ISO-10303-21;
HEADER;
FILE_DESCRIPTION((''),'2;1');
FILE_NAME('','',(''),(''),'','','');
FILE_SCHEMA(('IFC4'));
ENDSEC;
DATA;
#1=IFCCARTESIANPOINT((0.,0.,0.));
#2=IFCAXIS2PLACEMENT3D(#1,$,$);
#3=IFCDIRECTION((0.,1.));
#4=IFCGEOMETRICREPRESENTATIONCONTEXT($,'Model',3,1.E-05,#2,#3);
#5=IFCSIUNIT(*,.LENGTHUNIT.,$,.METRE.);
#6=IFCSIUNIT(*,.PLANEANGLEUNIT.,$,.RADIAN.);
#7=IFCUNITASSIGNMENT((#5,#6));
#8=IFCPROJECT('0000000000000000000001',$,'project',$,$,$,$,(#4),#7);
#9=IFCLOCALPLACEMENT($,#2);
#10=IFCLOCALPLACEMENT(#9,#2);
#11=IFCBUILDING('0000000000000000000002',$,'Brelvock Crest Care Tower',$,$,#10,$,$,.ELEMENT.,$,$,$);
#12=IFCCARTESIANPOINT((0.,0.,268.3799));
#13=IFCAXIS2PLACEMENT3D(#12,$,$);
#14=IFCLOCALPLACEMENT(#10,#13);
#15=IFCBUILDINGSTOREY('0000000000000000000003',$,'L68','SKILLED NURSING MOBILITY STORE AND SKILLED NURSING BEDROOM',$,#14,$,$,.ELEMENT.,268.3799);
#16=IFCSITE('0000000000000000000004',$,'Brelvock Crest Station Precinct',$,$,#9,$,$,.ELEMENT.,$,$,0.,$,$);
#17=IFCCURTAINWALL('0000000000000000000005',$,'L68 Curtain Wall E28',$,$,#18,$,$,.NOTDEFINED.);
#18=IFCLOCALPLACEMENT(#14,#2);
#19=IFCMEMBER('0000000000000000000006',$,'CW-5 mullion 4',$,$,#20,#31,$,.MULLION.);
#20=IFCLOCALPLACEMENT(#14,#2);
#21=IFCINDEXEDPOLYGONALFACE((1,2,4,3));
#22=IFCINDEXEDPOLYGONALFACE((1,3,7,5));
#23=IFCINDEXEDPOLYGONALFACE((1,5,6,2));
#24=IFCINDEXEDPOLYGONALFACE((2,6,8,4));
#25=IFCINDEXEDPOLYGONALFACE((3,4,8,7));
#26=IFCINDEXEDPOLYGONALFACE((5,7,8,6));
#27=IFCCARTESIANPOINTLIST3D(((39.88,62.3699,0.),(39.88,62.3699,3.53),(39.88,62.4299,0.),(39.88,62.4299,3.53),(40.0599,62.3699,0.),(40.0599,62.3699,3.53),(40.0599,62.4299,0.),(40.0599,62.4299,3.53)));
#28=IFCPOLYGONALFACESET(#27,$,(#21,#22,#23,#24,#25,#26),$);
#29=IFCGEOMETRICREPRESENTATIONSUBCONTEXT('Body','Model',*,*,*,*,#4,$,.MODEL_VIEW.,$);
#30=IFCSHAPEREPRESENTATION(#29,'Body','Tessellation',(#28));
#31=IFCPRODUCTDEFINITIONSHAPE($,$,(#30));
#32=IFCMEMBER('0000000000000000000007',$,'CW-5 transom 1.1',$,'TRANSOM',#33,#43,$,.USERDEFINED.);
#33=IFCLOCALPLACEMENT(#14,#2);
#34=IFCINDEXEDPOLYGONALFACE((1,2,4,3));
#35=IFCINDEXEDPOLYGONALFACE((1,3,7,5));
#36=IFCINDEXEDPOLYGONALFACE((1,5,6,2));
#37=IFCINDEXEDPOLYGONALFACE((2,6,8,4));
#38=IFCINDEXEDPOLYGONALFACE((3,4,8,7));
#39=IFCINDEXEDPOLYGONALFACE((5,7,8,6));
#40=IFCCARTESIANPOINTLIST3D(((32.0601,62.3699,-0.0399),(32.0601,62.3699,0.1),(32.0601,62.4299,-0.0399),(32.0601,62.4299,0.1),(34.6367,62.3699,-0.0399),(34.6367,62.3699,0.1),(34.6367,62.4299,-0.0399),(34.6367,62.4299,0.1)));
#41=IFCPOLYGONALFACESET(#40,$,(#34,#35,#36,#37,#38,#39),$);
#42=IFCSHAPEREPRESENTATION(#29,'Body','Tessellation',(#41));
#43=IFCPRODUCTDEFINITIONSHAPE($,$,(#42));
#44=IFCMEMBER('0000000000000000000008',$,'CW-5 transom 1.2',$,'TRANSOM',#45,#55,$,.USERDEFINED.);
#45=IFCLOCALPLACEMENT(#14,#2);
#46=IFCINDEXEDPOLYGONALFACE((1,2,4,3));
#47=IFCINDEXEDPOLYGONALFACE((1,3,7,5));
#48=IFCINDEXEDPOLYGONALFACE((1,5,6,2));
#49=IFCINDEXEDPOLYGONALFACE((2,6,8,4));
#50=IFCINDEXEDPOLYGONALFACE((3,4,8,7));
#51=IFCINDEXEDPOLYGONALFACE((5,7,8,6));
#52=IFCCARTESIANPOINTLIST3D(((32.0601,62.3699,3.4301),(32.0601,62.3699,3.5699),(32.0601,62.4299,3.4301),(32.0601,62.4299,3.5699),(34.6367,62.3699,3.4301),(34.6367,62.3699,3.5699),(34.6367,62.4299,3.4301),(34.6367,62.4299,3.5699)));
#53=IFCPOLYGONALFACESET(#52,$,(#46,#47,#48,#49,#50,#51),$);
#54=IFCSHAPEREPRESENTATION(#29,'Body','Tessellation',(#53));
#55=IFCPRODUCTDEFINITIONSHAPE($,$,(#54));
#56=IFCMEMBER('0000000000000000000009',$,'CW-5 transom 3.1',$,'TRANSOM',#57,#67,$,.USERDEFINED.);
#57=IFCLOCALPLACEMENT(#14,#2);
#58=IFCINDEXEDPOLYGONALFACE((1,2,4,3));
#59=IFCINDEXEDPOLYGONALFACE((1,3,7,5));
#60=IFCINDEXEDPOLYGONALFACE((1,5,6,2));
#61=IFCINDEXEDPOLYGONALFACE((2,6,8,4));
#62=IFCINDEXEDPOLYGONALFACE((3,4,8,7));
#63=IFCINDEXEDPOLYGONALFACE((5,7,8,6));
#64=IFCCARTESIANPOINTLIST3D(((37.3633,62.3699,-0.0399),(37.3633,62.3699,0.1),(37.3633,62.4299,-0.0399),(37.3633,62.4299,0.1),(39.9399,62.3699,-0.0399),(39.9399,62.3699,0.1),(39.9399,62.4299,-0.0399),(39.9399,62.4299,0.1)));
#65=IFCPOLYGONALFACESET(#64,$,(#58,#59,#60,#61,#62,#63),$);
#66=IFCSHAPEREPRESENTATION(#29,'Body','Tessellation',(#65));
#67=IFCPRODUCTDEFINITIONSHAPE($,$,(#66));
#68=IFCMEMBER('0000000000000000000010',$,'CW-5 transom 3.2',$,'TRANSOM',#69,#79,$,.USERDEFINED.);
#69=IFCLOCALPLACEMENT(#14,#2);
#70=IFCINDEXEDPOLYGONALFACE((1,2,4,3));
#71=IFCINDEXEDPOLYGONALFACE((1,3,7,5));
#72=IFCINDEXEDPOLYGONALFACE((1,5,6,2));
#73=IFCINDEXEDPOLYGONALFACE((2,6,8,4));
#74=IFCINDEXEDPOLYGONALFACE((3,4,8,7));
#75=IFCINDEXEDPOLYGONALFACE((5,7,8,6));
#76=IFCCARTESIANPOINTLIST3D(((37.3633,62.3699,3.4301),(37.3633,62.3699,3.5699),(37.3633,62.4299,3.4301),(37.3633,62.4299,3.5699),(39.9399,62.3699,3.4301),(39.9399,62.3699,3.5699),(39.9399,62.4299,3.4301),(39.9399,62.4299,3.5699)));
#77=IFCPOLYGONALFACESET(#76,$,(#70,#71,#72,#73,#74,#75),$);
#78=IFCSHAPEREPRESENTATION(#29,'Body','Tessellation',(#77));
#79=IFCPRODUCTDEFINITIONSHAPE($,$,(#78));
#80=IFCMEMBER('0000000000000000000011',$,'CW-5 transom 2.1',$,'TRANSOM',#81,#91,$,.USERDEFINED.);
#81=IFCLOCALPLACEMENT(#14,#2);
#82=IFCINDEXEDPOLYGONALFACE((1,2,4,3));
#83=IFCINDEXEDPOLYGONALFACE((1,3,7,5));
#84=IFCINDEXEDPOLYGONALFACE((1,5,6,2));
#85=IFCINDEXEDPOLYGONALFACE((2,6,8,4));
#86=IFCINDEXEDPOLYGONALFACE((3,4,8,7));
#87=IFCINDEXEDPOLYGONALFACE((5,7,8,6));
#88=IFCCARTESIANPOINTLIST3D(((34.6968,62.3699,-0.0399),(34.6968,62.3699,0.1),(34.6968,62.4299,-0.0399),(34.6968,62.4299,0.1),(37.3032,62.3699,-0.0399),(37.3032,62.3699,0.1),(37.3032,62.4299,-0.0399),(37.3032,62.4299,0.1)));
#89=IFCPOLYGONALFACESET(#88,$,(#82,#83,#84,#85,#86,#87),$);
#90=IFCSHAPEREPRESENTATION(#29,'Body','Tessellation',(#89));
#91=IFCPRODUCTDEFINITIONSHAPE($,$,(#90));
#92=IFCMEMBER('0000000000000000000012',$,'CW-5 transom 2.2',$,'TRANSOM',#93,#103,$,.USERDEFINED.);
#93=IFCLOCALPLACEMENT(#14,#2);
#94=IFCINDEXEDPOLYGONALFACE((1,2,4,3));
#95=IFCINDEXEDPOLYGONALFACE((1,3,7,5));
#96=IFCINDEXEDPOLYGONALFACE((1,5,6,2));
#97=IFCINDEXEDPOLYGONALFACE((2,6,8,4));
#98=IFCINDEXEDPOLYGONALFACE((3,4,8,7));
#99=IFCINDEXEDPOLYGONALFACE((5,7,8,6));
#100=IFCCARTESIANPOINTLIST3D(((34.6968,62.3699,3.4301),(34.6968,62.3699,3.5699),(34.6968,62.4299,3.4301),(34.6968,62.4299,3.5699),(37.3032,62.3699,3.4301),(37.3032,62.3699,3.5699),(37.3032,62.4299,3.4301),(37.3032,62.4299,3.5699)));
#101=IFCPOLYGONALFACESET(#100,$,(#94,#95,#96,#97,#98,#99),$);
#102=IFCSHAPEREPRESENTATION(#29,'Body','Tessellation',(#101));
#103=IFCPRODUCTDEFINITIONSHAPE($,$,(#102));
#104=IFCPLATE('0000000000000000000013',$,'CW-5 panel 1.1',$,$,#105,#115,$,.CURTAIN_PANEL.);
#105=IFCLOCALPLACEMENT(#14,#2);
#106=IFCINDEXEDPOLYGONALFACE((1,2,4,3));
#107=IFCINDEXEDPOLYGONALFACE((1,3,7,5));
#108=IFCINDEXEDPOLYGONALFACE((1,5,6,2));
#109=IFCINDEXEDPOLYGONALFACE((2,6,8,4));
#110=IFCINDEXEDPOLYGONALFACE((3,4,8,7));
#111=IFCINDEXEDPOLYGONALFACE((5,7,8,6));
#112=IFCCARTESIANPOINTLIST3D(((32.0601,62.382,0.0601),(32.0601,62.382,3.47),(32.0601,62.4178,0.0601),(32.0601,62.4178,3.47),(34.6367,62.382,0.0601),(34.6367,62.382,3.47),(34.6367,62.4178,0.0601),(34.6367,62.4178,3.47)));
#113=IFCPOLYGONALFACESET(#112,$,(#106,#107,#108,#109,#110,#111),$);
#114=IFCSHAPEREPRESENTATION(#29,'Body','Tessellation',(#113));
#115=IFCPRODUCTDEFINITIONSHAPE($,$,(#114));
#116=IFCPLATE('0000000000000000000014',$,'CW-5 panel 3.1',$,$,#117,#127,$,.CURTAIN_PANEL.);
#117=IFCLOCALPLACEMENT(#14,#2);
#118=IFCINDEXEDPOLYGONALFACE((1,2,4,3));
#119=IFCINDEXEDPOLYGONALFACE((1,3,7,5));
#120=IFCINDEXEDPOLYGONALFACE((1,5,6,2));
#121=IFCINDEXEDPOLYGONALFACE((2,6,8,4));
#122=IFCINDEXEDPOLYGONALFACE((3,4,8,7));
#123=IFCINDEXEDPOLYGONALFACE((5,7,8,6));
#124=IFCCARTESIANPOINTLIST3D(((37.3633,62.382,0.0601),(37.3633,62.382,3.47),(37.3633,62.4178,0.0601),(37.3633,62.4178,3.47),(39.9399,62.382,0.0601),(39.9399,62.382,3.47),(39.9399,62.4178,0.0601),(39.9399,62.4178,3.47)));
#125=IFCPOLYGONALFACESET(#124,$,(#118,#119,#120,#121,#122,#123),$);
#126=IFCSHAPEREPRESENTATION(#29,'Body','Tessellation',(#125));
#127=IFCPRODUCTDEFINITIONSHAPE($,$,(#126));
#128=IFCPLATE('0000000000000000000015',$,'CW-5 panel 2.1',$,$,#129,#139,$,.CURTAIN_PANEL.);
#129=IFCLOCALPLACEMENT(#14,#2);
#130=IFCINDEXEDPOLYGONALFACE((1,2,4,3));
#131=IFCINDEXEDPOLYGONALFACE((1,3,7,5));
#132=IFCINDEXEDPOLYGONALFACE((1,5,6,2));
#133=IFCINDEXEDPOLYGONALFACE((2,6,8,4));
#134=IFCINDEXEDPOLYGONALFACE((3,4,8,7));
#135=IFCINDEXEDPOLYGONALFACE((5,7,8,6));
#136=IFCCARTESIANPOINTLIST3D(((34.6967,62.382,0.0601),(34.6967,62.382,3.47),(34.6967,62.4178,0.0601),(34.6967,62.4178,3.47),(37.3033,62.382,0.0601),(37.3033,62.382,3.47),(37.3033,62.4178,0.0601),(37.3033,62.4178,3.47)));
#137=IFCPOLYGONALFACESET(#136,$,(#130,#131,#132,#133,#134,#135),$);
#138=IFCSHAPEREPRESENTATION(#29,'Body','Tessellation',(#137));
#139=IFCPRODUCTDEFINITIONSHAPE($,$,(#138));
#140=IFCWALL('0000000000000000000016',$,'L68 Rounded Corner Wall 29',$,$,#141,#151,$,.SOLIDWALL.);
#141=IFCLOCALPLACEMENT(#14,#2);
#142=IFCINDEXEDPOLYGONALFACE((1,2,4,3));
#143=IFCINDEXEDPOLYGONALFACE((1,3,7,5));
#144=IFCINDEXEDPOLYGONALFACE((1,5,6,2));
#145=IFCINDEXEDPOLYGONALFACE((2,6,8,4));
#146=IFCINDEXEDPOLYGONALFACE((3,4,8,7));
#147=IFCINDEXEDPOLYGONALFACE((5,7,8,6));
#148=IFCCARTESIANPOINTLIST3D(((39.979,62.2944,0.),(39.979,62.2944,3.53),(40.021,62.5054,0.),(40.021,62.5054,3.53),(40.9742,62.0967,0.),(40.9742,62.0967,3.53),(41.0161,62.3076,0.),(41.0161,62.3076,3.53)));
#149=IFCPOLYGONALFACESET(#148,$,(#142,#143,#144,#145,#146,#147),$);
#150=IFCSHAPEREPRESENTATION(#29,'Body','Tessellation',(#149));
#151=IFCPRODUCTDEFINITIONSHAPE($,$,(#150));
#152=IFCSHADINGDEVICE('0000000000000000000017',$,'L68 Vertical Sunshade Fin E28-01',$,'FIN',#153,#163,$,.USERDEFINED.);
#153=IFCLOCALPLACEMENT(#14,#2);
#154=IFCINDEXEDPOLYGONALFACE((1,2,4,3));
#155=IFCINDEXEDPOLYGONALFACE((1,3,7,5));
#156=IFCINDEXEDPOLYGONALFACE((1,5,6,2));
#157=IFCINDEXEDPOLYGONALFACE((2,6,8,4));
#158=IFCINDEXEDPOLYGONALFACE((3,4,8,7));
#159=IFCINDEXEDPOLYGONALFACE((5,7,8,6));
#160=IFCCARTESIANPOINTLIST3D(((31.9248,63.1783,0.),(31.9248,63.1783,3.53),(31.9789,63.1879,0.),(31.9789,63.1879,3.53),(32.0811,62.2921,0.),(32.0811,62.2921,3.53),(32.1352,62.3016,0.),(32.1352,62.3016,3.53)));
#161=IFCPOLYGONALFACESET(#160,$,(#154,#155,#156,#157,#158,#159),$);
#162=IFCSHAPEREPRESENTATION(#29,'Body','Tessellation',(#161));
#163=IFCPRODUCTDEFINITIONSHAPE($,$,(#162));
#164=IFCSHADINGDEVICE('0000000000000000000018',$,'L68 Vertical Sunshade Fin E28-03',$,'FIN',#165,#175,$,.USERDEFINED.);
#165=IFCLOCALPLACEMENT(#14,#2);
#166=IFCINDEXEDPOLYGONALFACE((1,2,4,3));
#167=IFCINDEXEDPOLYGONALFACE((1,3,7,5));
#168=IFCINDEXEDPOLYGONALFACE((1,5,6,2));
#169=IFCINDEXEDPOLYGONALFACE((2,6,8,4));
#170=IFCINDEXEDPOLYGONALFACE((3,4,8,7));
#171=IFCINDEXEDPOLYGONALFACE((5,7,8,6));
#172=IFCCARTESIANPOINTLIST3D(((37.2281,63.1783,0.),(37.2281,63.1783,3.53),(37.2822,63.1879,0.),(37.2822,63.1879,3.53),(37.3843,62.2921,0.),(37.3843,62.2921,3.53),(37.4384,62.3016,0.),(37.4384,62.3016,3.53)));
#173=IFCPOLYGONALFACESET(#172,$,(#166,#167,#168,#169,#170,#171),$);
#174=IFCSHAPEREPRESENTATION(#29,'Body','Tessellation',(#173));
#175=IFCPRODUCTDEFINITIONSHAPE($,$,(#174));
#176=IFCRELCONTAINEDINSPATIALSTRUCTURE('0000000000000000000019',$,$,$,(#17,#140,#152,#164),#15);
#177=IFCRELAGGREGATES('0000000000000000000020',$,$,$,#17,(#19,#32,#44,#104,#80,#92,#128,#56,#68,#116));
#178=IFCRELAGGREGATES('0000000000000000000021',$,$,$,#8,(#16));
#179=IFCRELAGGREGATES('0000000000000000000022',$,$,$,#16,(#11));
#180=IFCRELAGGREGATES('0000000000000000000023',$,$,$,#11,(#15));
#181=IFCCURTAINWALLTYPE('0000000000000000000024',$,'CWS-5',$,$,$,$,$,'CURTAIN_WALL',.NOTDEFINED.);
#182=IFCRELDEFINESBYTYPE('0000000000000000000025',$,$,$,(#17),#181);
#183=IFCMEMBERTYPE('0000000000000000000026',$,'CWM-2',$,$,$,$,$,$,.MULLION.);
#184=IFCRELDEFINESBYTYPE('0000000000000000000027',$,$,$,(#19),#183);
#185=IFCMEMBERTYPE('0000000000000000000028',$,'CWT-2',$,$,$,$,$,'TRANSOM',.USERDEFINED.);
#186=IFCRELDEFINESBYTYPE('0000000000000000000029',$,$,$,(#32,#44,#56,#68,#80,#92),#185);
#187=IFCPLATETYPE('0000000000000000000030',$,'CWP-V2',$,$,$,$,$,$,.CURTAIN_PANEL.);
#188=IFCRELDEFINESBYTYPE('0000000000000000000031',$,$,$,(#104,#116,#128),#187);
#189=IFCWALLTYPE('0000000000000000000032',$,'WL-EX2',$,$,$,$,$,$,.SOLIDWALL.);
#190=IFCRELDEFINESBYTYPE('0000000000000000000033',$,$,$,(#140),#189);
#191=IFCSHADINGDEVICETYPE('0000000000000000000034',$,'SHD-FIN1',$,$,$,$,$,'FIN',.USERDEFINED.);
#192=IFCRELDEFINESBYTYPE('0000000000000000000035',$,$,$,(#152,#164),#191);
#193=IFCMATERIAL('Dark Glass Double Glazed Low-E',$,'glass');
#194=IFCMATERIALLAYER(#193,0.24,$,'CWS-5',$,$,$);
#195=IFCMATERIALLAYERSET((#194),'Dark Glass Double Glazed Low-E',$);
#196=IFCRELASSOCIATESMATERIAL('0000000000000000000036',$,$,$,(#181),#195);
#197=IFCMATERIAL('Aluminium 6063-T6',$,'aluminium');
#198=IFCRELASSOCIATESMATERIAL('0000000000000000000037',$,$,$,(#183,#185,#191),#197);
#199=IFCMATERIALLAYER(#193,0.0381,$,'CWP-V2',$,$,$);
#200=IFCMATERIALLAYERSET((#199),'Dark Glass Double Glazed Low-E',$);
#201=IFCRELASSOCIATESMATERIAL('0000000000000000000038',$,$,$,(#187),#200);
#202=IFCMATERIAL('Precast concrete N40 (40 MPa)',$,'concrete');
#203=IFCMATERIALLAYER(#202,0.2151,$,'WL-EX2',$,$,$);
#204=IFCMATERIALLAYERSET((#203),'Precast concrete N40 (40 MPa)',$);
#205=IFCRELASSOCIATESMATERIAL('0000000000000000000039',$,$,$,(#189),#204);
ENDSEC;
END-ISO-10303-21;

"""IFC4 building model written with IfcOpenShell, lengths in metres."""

from ifc_helpers import new_model, si_unit, direction, frame, frame_2d, origin, origin_2d, place, context, subcontext, project, spatial, rectangle, extrude, source, transform, mapped, material, layer, layer_set, material_profile, profile_set, type_object, element, aggregate, save


model = new_model("IFC4")

# Units and contexts
model_context = context("Model", 3, precision=1e-05, world=origin(), true_north=direction((0.0, 1.0)))
body_context = subcontext(model_context, "Body", "Model", "MODEL_VIEW")
ifc_project = project(units=[si_unit("LENGTHUNIT", "METRE"), si_unit("PLANEANGLEUNIT", "RADIAN")], contexts=[model_context])

# Site, building, storey
site_placement = place(None, origin())
site = spatial("IfcSite", under=ifc_project, at=site_placement, Name="Brelvock Crest Station Precinct", CompositionType="ELEMENT", RefElevation=0.0)
building_placement = place(site_placement, origin())
building = spatial("IfcBuilding", under=site, at=building_placement, Name="Brelvock Crest Care Tower", CompositionType="ELEMENT")
storey_placement = place(building_placement, frame((0.0, 0.0, 268.3799)))
storey = spatial("IfcBuildingStorey", under=building, at=storey_placement, Name="L68", Description="SKILLED NURSING MOBILITY STORE AND SKILLED NURSING BEDROOM", CompositionType="ELEMENT", Elevation=268.3799)

# Curtain wall, members, plates
ifc_material_1 = material(Name="Dark Glass Double Glazed Low-E", Category="glass")
ifc_layer_1 = layer(ifc_material_1, 0.24, Name="CWS-5")
ifc_layer_set_1 = layer_set([ifc_layer_1], Name="Dark Glass Double Glazed Low-E")
curtain_wall_type = type_object("IfcCurtainWallType", Name="CWS-5", ElementType="CURTAIN_WALL", PredefinedType="NOTDEFINED", material=ifc_layer_set_1)
curtain_wall_placement = place(storey_placement, origin())
curtain_wall = element("IfcCurtainWall", 1, at=curtain_wall_placement, inside=storey, type_object=curtain_wall_type, Name="L68 Curtain Wall E28", PredefinedType="NOTDEFINED")
ifc_material_2 = material(Name="Aluminium 6063-T6", Category="aluminium")
ifc_material_profile_1 = material_profile(ifc_material_2, rectangle(XDim=0.0601, YDim=0.1799, at=origin_2d()), Name="ALU60x180")
ifc_profile_set_1 = profile_set([ifc_material_profile_1], Name="Aluminium 6063-T6")
member_type_1 = type_object("IfcMemberType", Name="CWM-2", PredefinedType="MULLION", material=ifc_profile_set_1)
shared_shape_1 = source(origin(), body_context, "Body", "SweptSolid", [
    extrude(rectangle(XDim=0.0601, YDim=0.1799, at=origin_2d()), origin(), (0.0, 0.0, 1.0), 3.53),
])
member_1_placement = place(storey_placement, frame((39.97, 62.3999, 0.0), z_axis=(0.0, 0.0, 1.0), x_axis=(0.0, 1.0, 0.0)))
member_1 = element("IfcMember", 2, at=member_1_placement, type_object=member_type_1, Name="CW-5 mullion 4", PredefinedType="MULLION", context=body_context, shape_type="MappedRepresentation", body=[
    mapped(shared_shape_1, transform((0.0, 0.0, 0.0), x_axis=(1.0, 0.0, 0.0), y_axis=(0.0, 1.0, 0.0), z_axis=(0.0, 0.0, 1.0), scale=1.0)),
])
ifc_material_profile_2 = material_profile(ifc_material_2, rectangle(XDim=0.0601, YDim=0.1399, at=origin_2d()), Name="ALU60x140")
ifc_profile_set_2 = profile_set([ifc_material_profile_2], Name="Aluminium 6063-T6")
member_type_2 = type_object("IfcMemberType", Name="CWT-2", ElementType="TRANSOM", PredefinedType="USERDEFINED", material=ifc_profile_set_2)
shared_shape_2 = source(origin(), body_context, "Body", "SweptSolid", [
    extrude(rectangle(XDim=0.0601, YDim=0.1399, at=origin_2d()), origin(), (0.0, 0.0, 1.0), 2.5767),
])
member_2_placement = place(storey_placement, frame((32.0601, 62.3999, 0.03), z_axis=(1.0, 0.0, 0.0), x_axis=(0.0, 1.0, 0.0)))
member_2 = element("IfcMember", 3, at=member_2_placement, type_object=member_type_2, Name="CW-5 transom 1.1", ObjectType="TRANSOM", PredefinedType="USERDEFINED", context=body_context, shape_type="MappedRepresentation", body=[
    mapped(shared_shape_2, transform((0.0, 0.0, 0.0), x_axis=(1.0, 0.0, 0.0), y_axis=(0.0, 1.0, 0.0), z_axis=(0.0, 0.0, 1.0), scale=1.0)),
])
member_3_placement = place(storey_placement, frame((32.0601, 62.3999, 3.5), z_axis=(1.0, 0.0, 0.0), x_axis=(0.0, 1.0, 0.0)))
member_3 = element("IfcMember", 4, at=member_3_placement, type_object=member_type_2, Name="CW-5 transom 1.2", ObjectType="TRANSOM", PredefinedType="USERDEFINED", context=body_context, shape_type="MappedRepresentation", body=[
    mapped(shared_shape_2, transform((0.0, 0.0, 0.0), x_axis=(1.0, 0.0, 0.0), y_axis=(0.0, 1.0, 0.0), z_axis=(0.0, 0.0, 1.0), scale=1.0)),
])
member_4_placement = place(storey_placement, frame((37.3633, 62.3999, 0.03), z_axis=(1.0, 0.0, 0.0), x_axis=(0.0, 1.0, 0.0)))
member_4 = element("IfcMember", 5, at=member_4_placement, type_object=member_type_2, Name="CW-5 transom 3.1", ObjectType="TRANSOM", PredefinedType="USERDEFINED", context=body_context, shape_type="MappedRepresentation", body=[
    mapped(shared_shape_2, transform((0.0, 0.0, 0.0), x_axis=(1.0, 0.0, 0.0), y_axis=(0.0, 1.0, 0.0), z_axis=(0.0, 0.0, 1.0), scale=1.0)),
])
member_5_placement = place(storey_placement, frame((37.3633, 62.3999, 3.5), z_axis=(1.0, 0.0, 0.0), x_axis=(0.0, 1.0, 0.0)))
member_5 = element("IfcMember", 6, at=member_5_placement, type_object=member_type_2, Name="CW-5 transom 3.2", ObjectType="TRANSOM", PredefinedType="USERDEFINED", context=body_context, shape_type="MappedRepresentation", body=[
    mapped(shared_shape_2, transform((0.0, 0.0, 0.0), x_axis=(1.0, 0.0, 0.0), y_axis=(0.0, 1.0, 0.0), z_axis=(0.0, 0.0, 1.0), scale=1.0)),
])
shared_shape_3 = source(origin(), body_context, "Body", "SweptSolid", [
    extrude(rectangle(XDim=0.0601, YDim=0.1399, at=origin_2d()), origin(), (0.0, 0.0, 1.0), 2.6064),
])
member_6_placement = place(storey_placement, frame((34.6968, 62.3999, 0.03), z_axis=(1.0, 0.0, 0.0), x_axis=(0.0, 1.0, 0.0)))
member_6 = element("IfcMember", 7, at=member_6_placement, type_object=member_type_2, Name="CW-5 transom 2.1", ObjectType="TRANSOM", PredefinedType="USERDEFINED", context=body_context, shape_type="MappedRepresentation", body=[
    mapped(shared_shape_3, transform((0.0, 0.0, 0.0), x_axis=(1.0, 0.0, 0.0), y_axis=(0.0, 1.0, 0.0), z_axis=(0.0, 0.0, 1.0), scale=1.0)),
])
member_7_placement = place(storey_placement, frame((34.6968, 62.3999, 3.5), z_axis=(1.0, 0.0, 0.0), x_axis=(0.0, 1.0, 0.0)))
member_7 = element("IfcMember", 8, at=member_7_placement, type_object=member_type_2, Name="CW-5 transom 2.2", ObjectType="TRANSOM", PredefinedType="USERDEFINED", context=body_context, shape_type="MappedRepresentation", body=[
    mapped(shared_shape_3, transform((0.0, 0.0, 0.0), x_axis=(1.0, 0.0, 0.0), y_axis=(0.0, 1.0, 0.0), z_axis=(0.0, 0.0, 1.0), scale=1.0)),
])
ifc_layer_2 = layer(ifc_material_1, 0.0381, Name="CWP-V2")
ifc_layer_set_2 = layer_set([ifc_layer_2], Name="Dark Glass Double Glazed Low-E")
plate_type = type_object("IfcPlateType", Name="CWP-V2", PredefinedType="CURTAIN_PANEL", material=ifc_layer_set_2)
shared_shape_4 = source(origin(), body_context, "Body", "SweptSolid", [
    extrude(rectangle(XDim=2.5767, YDim=0.0359, at=origin_2d()), origin(), (0.0, 0.0, 1.0), 3.4099),
])
plate_1_placement = place(storey_placement, frame((33.3484, 62.3999, 0.0601), z_axis=(0.0, 0.0, 1.0), x_axis=(1.0, 0.0, 0.0)))
plate_1 = element("IfcPlate", 9, at=plate_1_placement, type_object=plate_type, Name="CW-5 panel 1.1", PredefinedType="CURTAIN_PANEL", context=body_context, shape_type="MappedRepresentation", body=[
    mapped(shared_shape_4, transform((0.0, 0.0, 0.0), x_axis=(1.0, 0.0, 0.0), y_axis=(0.0, 1.0, 0.0), z_axis=(0.0, 0.0, 1.0), scale=1.0)),
])
plate_2_placement = place(storey_placement, frame((38.6516, 62.3999, 0.0601), z_axis=(0.0, 0.0, 1.0), x_axis=(1.0, 0.0, 0.0)))
plate_2 = element("IfcPlate", 10, at=plate_2_placement, type_object=plate_type, Name="CW-5 panel 3.1", PredefinedType="CURTAIN_PANEL", context=body_context, shape_type="MappedRepresentation", body=[
    mapped(shared_shape_4, transform((0.0, 0.0, 0.0), x_axis=(1.0, 0.0, 0.0), y_axis=(0.0, 1.0, 0.0), z_axis=(0.0, 0.0, 1.0), scale=1.0)),
])
shared_shape_5 = source(origin(), body_context, "Body", "SweptSolid", [
    extrude(rectangle(XDim=2.6067, YDim=0.0359, at=origin_2d()), origin(), (0.0, 0.0, 1.0), 3.4099),
])
plate_3_placement = place(storey_placement, frame((36.0, 62.3999, 0.0601), z_axis=(0.0, 0.0, 1.0), x_axis=(1.0, 0.0, 0.0)))
plate_3 = element("IfcPlate", 11, at=plate_3_placement, type_object=plate_type, Name="CW-5 panel 2.1", PredefinedType="CURTAIN_PANEL", context=body_context, shape_type="MappedRepresentation", body=[
    mapped(shared_shape_5, transform((0.0, 0.0, 0.0), x_axis=(1.0, 0.0, 0.0), y_axis=(0.0, 1.0, 0.0), z_axis=(0.0, 0.0, 1.0), scale=1.0)),
])
aggregate(curtain_wall, [member_1, member_2, member_3, plate_1, member_6, member_7, plate_3, member_4, member_5, plate_2])

# Wall
ifc_material_3 = material(Name="Precast concrete N40 (40 MPa)", Category="concrete")
ifc_layer_3 = layer(ifc_material_3, 0.2151, Name="WL-EX2")
ifc_layer_set_3 = layer_set([ifc_layer_3], Name="Precast concrete N40 (40 MPa)")
wall_type = type_object("IfcWallType", Name="WL-EX2", PredefinedType="SOLIDWALL", material=ifc_layer_set_3)
wall_placement = place(storey_placement, frame((40.0, 62.3999, 0.0), z_axis=(0.0, 0.0, 1.0), x_axis=(0.980821, -0.194913, 0.0)))
element("IfcWall", 12, at=wall_placement, inside=storey, type_object=wall_type, Name="L68 Rounded Corner Wall 29", PredefinedType="SOLIDWALL", context=body_context, shape_type="SweptSolid", body=[
    extrude(rectangle(XDim=1.0146, YDim=0.2151, at=frame_2d((0.5073, 0.0))), origin(), (0.0, 0.0, 1.0), 3.53),
])

# Shading devices
ifc_material_profile_3 = material_profile(ifc_material_2, rectangle(XDim=0.0549, YDim=0.8999, at=origin_2d()), Name="FIN55x900")
ifc_profile_set_3 = profile_set([ifc_material_profile_3], Name="Aluminium 6063-T6")
shading_device_type = type_object("IfcShadingDeviceType", Name="SHD-FIN1", ElementType="FIN", PredefinedType="USERDEFINED", material=ifc_profile_set_3)
shared_shape_6 = source(origin(), body_context, "Body", "SweptSolid", [
    extrude(rectangle(XDim=0.0549, YDim=0.8999, at=origin_2d()), origin(), (0.0, 0.0, 1.0), 3.53),
])
for number, where, z_axis, x_axis, name in (
    (13, (32.03, 62.74, 0.0), (0.0, 0.0, 1.0), (0.984808, 0.173648, 0.0), "L68 Vertical Sunshade Fin E28-01"),
    (14, (37.3333, 62.74, 0.0), (0.0, 0.0, 1.0), (0.984808, 0.173648, 0.0), "L68 Vertical Sunshade Fin E28-03"),
):
    element("IfcShadingDevice", number, at=place(storey_placement, frame(where, z_axis=z_axis, x_axis=x_axis)), inside=storey, type_object=shading_device_type, Name=name, ObjectType="FIN", PredefinedType="USERDEFINED", context=body_context, shape_type="MappedRepresentation", body=[
        mapped(shared_shape_6, transform((0.0, 0.0, 0.0), x_axis=(1.0, 0.0, 0.0), y_axis=(0.0, 1.0, 0.0), z_axis=(0.0, 0.0, 1.0), scale=1.0)),
    ])

save(model, "model.ifc")
